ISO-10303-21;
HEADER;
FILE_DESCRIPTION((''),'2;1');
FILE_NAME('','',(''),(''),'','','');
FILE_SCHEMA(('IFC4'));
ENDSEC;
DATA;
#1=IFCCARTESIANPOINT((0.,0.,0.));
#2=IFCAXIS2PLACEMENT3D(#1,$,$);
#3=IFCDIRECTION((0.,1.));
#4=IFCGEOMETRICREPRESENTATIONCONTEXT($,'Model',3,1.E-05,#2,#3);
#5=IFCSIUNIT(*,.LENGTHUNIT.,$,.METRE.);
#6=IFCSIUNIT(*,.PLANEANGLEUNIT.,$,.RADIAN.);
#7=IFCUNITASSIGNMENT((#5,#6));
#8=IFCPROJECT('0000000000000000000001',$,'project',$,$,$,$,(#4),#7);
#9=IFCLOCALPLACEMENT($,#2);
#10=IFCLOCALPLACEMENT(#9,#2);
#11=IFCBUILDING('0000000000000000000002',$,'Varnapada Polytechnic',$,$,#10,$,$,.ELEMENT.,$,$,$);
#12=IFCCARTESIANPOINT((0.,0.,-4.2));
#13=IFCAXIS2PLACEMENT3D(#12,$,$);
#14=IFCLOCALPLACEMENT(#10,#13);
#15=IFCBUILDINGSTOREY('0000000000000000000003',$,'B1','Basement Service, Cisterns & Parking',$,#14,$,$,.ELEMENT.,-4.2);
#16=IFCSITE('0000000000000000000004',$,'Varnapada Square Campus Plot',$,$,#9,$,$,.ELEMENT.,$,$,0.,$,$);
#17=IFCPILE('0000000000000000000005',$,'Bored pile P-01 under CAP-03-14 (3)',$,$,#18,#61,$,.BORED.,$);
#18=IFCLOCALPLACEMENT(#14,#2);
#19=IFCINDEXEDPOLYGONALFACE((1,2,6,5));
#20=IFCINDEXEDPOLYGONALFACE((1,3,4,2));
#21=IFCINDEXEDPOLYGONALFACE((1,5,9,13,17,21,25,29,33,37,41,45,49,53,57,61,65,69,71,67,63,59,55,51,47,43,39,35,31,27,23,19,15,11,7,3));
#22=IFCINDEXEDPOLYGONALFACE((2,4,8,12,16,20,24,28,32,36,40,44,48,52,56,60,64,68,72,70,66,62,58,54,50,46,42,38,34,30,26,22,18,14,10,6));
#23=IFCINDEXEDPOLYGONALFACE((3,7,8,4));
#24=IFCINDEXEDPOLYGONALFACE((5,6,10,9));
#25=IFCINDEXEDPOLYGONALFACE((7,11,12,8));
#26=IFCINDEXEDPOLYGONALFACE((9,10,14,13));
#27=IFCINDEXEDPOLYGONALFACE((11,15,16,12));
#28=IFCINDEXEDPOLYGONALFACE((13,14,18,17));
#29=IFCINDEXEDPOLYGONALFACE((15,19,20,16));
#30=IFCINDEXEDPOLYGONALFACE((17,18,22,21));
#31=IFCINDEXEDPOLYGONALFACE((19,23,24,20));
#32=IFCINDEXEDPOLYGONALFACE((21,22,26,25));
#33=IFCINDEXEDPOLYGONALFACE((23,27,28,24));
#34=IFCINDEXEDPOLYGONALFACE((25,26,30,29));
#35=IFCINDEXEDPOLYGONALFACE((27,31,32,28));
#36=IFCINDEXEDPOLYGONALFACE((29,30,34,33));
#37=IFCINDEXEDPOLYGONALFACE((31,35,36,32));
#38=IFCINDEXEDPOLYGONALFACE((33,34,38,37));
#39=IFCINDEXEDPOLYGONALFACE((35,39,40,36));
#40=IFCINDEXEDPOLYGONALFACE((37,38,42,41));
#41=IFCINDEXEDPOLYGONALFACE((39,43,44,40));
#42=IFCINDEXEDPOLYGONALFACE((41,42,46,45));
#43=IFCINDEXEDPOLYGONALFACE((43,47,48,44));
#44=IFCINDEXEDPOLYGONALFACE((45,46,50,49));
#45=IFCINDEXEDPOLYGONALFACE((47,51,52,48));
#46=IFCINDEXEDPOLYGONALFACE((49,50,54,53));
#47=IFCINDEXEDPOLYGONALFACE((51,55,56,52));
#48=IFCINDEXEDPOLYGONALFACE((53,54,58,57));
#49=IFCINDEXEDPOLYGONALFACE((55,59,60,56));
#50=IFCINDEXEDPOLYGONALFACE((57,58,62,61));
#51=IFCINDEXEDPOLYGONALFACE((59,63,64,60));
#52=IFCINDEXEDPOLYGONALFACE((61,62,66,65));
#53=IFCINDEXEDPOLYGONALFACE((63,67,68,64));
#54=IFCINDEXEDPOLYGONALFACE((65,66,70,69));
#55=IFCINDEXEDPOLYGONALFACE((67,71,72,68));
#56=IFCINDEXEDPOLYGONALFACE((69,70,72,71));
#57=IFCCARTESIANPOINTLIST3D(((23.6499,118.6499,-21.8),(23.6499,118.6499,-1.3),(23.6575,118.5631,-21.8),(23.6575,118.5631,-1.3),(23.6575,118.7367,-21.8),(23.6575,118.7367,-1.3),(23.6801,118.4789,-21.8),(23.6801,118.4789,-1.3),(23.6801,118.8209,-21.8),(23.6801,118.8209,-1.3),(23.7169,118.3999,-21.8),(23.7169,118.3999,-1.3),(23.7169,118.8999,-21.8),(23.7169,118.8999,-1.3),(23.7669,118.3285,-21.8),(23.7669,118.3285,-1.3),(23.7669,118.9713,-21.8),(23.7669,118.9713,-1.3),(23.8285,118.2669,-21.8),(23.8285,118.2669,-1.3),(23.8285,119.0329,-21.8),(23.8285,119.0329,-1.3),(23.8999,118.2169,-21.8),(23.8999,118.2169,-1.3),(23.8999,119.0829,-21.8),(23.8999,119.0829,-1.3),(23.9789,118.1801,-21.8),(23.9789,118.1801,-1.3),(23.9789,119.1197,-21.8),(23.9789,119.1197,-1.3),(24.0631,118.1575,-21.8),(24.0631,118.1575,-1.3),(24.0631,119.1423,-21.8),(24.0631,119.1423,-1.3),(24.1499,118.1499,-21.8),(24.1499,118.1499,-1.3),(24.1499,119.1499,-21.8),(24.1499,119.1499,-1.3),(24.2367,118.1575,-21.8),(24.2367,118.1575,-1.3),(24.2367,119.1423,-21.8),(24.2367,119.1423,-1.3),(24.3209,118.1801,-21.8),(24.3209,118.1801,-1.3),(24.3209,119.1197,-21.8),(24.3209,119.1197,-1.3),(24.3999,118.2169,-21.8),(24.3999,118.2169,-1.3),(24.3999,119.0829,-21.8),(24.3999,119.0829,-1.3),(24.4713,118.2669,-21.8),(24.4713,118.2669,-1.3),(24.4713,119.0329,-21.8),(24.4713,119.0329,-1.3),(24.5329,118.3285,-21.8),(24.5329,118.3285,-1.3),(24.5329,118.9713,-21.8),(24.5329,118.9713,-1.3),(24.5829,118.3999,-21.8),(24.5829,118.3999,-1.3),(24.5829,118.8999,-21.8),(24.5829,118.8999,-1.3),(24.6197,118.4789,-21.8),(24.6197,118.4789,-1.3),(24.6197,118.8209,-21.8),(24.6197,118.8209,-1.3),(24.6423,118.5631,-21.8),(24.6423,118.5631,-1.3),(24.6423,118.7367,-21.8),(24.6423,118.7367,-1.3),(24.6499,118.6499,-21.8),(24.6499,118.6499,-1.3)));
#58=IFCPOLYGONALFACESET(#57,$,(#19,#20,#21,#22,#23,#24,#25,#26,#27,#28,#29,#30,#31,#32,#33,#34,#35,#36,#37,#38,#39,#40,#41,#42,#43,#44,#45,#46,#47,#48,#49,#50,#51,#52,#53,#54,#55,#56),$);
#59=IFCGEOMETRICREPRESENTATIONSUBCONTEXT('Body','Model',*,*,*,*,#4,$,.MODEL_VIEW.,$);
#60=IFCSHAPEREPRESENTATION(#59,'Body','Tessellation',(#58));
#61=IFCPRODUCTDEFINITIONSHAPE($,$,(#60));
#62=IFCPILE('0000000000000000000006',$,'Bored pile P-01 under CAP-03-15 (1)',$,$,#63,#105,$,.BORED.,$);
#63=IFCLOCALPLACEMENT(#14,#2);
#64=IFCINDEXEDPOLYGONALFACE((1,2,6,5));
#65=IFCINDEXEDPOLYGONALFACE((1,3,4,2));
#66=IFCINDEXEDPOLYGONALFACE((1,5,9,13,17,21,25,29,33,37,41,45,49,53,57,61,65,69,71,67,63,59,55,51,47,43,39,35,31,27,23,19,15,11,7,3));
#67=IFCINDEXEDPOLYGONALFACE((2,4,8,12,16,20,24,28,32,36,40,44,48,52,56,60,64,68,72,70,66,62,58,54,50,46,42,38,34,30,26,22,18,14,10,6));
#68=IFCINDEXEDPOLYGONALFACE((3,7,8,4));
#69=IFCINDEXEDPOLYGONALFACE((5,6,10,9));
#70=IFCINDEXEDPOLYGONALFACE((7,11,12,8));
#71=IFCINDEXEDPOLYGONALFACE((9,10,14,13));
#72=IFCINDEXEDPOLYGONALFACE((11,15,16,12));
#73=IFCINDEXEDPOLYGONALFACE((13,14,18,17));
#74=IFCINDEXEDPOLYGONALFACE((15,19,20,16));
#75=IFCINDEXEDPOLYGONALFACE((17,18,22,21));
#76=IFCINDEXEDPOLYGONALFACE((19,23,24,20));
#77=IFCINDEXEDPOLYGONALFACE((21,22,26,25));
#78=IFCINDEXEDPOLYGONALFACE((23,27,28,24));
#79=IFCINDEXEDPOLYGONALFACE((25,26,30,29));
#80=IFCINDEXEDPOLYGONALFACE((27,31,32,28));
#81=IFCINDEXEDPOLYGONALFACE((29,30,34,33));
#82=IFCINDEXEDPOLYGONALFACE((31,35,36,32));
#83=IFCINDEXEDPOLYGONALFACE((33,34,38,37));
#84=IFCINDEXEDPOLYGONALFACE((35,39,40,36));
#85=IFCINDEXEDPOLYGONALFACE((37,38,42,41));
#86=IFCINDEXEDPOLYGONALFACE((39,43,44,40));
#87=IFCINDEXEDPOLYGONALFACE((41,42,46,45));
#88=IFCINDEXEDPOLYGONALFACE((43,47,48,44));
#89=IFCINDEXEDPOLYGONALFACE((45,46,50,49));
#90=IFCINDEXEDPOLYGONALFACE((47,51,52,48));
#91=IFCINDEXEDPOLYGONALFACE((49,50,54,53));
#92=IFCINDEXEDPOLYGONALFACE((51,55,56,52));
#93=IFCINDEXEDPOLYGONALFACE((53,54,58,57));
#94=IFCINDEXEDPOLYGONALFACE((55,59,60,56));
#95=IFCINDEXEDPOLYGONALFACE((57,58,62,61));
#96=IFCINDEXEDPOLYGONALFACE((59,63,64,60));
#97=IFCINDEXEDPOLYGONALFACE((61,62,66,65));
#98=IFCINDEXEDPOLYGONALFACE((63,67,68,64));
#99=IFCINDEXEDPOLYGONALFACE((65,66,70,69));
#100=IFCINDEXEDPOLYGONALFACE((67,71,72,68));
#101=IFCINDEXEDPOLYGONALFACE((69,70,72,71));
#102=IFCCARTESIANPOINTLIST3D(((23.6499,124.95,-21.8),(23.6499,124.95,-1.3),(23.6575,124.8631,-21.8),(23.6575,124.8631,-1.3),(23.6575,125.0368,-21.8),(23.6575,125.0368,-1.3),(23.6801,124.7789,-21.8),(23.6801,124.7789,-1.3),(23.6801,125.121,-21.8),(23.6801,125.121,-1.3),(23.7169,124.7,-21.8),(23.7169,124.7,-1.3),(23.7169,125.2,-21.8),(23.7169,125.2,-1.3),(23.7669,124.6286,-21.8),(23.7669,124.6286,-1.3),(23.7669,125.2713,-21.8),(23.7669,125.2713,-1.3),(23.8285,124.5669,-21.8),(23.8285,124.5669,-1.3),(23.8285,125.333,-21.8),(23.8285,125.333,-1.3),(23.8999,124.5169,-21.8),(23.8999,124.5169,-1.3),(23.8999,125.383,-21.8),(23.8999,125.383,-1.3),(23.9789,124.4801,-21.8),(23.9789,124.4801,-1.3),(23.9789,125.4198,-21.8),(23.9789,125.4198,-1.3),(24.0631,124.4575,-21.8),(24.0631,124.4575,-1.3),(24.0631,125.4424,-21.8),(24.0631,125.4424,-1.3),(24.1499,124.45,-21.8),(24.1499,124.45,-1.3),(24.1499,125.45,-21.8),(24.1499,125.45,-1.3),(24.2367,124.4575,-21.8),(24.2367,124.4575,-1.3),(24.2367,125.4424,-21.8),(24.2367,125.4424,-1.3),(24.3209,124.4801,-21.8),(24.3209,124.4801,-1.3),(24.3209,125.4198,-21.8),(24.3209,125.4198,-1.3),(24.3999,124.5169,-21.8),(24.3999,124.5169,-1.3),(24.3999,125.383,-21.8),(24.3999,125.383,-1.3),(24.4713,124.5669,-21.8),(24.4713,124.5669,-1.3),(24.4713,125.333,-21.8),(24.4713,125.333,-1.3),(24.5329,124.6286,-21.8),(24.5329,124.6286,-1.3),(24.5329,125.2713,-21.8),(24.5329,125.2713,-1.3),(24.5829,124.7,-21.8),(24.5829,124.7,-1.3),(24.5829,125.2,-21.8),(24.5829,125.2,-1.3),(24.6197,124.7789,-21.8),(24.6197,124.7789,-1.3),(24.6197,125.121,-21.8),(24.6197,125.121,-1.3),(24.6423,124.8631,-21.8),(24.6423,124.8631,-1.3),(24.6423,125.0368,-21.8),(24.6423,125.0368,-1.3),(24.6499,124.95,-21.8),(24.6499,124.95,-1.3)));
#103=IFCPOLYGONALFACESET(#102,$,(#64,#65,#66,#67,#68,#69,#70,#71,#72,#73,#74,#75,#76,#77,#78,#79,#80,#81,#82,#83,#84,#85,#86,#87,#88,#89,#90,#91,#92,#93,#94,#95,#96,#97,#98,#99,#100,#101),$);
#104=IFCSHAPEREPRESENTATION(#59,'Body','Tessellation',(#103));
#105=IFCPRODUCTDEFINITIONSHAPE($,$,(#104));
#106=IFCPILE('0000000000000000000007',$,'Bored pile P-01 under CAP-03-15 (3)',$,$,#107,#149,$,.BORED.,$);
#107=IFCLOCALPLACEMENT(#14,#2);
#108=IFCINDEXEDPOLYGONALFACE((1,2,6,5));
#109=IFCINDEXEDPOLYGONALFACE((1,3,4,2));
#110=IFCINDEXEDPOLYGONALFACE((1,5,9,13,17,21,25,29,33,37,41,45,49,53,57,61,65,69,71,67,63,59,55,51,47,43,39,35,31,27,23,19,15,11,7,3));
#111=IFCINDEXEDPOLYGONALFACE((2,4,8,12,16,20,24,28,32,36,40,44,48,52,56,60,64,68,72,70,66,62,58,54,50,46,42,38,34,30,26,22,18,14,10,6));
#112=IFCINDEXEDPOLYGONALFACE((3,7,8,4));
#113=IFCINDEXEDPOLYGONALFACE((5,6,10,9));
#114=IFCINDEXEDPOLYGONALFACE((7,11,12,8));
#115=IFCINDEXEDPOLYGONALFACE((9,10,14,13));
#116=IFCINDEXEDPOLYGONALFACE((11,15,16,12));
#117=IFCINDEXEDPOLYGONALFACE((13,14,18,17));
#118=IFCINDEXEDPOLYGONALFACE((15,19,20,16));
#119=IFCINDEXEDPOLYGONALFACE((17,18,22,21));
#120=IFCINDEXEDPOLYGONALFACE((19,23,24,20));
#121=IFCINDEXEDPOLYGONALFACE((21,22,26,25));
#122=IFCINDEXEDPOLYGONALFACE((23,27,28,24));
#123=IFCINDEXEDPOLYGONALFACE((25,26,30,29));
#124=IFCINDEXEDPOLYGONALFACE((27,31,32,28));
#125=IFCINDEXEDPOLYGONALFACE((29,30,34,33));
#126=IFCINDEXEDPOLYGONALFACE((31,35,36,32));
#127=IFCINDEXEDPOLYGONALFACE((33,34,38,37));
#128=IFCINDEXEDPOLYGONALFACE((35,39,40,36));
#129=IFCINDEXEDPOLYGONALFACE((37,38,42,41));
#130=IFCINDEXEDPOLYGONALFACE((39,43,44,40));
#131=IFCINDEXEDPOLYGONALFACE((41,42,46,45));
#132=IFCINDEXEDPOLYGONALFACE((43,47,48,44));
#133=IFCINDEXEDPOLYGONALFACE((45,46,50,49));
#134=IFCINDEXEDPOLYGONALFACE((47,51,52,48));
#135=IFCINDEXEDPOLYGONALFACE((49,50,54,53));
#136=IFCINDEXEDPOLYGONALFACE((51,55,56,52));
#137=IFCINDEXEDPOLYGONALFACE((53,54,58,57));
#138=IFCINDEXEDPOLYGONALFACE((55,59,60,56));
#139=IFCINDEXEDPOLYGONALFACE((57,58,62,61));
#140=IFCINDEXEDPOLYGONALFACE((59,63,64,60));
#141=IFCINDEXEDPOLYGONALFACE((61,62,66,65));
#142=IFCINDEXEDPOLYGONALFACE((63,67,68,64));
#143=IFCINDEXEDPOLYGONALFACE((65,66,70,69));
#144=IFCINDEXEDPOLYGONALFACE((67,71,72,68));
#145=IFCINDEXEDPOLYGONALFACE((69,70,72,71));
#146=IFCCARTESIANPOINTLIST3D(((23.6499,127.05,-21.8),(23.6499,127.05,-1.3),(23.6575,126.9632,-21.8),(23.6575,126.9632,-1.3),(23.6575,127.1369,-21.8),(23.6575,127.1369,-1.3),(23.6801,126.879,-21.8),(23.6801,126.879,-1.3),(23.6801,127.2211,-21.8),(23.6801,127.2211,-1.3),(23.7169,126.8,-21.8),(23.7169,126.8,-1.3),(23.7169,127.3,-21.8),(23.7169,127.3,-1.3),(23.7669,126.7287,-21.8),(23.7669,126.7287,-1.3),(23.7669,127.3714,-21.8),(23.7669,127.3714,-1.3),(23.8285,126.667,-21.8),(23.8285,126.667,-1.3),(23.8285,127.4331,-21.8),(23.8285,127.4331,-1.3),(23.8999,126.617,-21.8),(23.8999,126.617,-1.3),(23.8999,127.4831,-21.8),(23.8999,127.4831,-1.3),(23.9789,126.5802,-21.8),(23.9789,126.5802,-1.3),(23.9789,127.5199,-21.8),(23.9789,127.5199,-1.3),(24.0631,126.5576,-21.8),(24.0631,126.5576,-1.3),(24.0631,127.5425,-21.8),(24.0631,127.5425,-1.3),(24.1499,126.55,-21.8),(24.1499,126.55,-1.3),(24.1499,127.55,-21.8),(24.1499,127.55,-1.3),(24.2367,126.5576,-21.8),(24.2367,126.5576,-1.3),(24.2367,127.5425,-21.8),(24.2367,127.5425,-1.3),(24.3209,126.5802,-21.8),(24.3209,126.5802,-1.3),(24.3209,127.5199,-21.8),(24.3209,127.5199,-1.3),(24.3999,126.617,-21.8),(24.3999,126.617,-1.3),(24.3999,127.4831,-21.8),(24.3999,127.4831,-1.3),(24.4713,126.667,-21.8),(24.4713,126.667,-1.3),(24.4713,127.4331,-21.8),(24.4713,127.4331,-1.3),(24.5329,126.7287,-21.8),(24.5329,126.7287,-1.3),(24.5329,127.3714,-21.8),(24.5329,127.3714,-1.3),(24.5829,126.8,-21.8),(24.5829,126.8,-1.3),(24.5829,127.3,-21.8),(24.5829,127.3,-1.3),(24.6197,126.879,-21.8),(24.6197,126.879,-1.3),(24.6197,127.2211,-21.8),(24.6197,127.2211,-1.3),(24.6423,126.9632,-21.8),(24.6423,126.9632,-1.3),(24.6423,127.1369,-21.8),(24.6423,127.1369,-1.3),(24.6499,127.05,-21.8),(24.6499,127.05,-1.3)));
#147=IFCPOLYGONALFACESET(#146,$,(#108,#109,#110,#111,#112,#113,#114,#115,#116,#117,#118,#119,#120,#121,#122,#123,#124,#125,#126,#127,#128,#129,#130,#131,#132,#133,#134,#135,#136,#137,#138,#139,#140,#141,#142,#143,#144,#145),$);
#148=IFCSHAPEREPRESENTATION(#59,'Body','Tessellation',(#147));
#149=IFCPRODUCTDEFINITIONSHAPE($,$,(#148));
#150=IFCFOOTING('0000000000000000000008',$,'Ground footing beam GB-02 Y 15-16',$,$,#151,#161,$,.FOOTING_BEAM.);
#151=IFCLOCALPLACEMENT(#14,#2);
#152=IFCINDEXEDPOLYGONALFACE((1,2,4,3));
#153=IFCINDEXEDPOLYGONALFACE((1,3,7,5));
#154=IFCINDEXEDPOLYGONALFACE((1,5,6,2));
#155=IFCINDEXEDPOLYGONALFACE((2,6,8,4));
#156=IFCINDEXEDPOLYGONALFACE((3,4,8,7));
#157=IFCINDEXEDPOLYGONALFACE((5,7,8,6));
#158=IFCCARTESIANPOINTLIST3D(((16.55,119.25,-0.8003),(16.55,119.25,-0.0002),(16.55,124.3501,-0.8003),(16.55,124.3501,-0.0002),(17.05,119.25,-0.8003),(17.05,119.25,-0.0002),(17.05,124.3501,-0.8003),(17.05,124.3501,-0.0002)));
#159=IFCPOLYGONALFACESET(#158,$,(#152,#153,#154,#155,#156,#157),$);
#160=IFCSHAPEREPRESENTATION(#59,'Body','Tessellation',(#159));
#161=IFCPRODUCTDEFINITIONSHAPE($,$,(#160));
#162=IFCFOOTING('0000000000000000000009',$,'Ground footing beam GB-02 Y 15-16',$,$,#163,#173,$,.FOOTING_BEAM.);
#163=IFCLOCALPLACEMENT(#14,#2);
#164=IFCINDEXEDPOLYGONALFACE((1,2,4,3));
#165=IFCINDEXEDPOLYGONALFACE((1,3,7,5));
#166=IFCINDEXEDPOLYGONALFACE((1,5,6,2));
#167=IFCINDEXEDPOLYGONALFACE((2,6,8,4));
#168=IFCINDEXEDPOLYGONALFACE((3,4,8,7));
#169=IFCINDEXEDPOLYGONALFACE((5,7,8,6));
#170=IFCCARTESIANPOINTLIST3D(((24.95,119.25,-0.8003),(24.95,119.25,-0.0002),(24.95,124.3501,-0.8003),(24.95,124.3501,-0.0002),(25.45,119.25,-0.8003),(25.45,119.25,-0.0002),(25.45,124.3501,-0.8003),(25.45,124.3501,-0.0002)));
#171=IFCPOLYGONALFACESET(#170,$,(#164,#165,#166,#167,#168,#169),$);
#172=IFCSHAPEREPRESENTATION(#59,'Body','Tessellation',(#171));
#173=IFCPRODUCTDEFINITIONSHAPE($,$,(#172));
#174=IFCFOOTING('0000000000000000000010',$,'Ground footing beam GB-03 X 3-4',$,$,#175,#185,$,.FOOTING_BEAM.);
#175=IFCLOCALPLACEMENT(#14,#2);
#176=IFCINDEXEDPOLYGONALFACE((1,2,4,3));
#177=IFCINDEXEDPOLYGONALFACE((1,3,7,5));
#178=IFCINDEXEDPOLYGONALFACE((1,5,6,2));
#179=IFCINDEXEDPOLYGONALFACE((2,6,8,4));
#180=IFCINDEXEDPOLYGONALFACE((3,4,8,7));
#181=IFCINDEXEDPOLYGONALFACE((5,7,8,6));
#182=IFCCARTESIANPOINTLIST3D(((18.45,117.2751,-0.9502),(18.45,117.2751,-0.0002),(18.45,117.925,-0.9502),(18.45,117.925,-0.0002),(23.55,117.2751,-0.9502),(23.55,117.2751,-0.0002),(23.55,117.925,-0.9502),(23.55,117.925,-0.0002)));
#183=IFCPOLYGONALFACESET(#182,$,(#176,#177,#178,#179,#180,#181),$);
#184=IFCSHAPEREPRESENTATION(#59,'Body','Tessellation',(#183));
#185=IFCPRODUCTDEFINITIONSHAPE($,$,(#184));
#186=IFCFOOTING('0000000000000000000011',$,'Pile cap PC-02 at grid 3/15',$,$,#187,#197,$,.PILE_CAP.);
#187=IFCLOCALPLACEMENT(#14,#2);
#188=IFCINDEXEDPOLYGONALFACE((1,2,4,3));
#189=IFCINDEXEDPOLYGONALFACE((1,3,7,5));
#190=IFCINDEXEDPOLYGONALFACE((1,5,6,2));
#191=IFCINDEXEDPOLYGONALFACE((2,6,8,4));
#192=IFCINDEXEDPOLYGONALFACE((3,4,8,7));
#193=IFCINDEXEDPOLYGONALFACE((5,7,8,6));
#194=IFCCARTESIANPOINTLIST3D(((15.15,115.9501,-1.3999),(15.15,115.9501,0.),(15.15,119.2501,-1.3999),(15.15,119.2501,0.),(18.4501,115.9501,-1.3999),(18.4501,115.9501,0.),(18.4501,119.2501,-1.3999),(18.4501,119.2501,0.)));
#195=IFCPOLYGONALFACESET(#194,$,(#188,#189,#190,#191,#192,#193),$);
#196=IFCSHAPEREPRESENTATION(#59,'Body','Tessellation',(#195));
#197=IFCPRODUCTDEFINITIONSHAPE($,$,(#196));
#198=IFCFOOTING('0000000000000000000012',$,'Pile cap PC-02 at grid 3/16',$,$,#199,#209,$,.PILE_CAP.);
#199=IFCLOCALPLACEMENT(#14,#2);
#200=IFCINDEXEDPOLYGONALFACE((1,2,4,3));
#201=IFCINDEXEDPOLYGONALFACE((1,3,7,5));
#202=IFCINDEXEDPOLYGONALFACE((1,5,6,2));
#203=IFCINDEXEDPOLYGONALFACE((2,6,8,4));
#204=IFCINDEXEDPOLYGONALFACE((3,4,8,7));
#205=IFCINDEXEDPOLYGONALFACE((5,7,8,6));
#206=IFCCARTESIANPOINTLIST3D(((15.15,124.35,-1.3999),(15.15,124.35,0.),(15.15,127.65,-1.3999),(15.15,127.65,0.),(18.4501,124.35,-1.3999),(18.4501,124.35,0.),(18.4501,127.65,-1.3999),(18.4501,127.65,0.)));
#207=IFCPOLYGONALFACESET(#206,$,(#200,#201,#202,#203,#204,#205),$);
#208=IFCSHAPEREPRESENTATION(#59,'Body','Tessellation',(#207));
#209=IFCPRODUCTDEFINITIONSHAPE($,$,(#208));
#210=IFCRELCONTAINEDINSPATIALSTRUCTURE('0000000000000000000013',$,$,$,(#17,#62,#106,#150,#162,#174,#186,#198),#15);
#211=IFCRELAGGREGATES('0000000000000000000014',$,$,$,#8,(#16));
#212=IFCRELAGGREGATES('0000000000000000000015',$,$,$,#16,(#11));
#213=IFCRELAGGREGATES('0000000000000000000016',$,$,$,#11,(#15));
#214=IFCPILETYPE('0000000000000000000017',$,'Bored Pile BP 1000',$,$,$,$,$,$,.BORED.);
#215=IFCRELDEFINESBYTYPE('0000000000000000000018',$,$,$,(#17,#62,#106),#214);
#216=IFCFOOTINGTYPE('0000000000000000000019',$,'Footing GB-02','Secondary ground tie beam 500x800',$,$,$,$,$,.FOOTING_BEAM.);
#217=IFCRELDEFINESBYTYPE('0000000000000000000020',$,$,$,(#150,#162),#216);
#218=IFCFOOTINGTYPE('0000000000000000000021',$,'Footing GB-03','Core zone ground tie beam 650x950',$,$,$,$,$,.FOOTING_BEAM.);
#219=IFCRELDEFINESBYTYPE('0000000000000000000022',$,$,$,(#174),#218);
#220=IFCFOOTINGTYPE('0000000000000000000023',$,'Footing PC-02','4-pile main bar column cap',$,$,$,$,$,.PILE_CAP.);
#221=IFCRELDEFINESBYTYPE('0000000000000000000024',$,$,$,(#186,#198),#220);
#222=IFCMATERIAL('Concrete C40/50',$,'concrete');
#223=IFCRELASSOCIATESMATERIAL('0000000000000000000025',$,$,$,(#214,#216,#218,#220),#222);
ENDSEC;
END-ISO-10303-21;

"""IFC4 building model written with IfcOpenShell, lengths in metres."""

from ifc_helpers import new_model, si_unit, direction, frame, origin, origin_2d, place, context, subcontext, project, spatial, rectangle, circle, extrude, material, material_profile, profile_set, type_object, element, save


model = new_model("IFC4")

# Units and contexts
model_context = context("Model", 3, precision=1e-05, world=origin(), true_north=direction((0.0, 1.0)))
body_context = subcontext(model_context, "Body", "Model", "MODEL_VIEW")
ifc_project = project(units=[si_unit("LENGTHUNIT", "METRE"), si_unit("PLANEANGLEUNIT", "RADIAN")], contexts=[model_context])

# Site, building, storey
site_placement = place(None, origin())
site = spatial("IfcSite", under=ifc_project, at=site_placement, Name="Varnapada Square Campus Plot", CompositionType="ELEMENT", RefElevation=0.0)
building_placement = place(site_placement, origin())
building = spatial("IfcBuilding", under=site, at=building_placement, Name="Varnapada Polytechnic", CompositionType="ELEMENT")
storey_placement = place(building_placement, frame((0.0, 0.0, -4.2)))
storey = spatial("IfcBuildingStorey", under=building, at=storey_placement, Name="B1", Description="Basement Service, Cisterns & Parking", CompositionType="ELEMENT", Elevation=-4.2)

# Piles
ifc_material_1 = material(Name="Concrete C40/50", Category="concrete")
ifc_material_profile_1 = material_profile(ifc_material_1, circle(Radius=0.5, at=origin_2d()), Name="BP 1000")
ifc_profile_set_1 = profile_set([ifc_material_profile_1], Name="Concrete C40/50")
pile_type = type_object("IfcPileType", Name="Bored Pile BP 1000", PredefinedType="BORED", material=ifc_profile_set_1)
for number, where, z_axis, x_axis, name in (
    (1, (24.1499, 118.6499, -1.3), (0.0, 0.0, -1.0), (1.0, 0.0, 0.0), "Bored pile P-01 under CAP-03-14 (3)"),
    (2, (24.1499, 124.95, -1.3), (0.0, 0.0, -1.0), (1.0, 0.0, 0.0), "Bored pile P-01 under CAP-03-15 (1)"),
    (3, (24.1499, 127.05, -1.3), (0.0, 0.0, -1.0), (1.0, 0.0, 0.0), "Bored pile P-01 under CAP-03-15 (3)"),
):
    element("IfcPile", number, at=place(storey_placement, frame(where, z_axis=z_axis, x_axis=x_axis)), inside=storey, type_object=pile_type, Name=name, PredefinedType="BORED", context=body_context, shape_type="SweptSolid", body=[
        extrude(circle(Radius=0.5, at=origin_2d()), origin(), (0.0, 0.0, 1.0), 20.5),
    ])

# Footings
footing_type_1 = type_object("IfcFootingType", Name="Footing GB-02", Description="Secondary ground tie beam 500x800", PredefinedType="FOOTING_BEAM", material=ifc_material_1)
for number, where, z_axis, x_axis, name in (
    (4, (16.8, 121.8, -0.8003), (0.0, 0.0, 1.0), (0.0, 1.0, 0.0), "Ground footing beam GB-02 Y 15-16"),
    (5, (25.2, 121.8, -0.8003), (0.0, 0.0, 1.0), (0.0, 1.0, 0.0), "Ground footing beam GB-02 Y 15-16"),
):
    element("IfcFooting", number, at=place(storey_placement, frame(where, z_axis=z_axis, x_axis=x_axis)), inside=storey, type_object=footing_type_1, Name=name, PredefinedType="FOOTING_BEAM", context=body_context, shape_type="SweptSolid", body=[
        extrude(rectangle(XDim=5.1001, YDim=0.5, at=origin_2d()), origin(), (0.0, 0.0, 1.0), 0.8),
    ])
footing_type_2 = type_object("IfcFootingType", Name="Footing GB-03", Description="Core zone ground tie beam 650x950", PredefinedType="FOOTING_BEAM", material=ifc_material_1)
footing_1_placement = place(storey_placement, frame((21.0, 117.6001, -0.9502), z_axis=(0.0, 0.0, 1.0), x_axis=(1.0, 0.0, 0.0)))
element("IfcFooting", 6, at=footing_1_placement, inside=storey, type_object=footing_type_2, Name="Ground footing beam GB-03 X 3-4", PredefinedType="FOOTING_BEAM", context=body_context, shape_type="SweptSolid", body=[
    extrude(rectangle(XDim=5.1001, YDim=0.6499, at=origin_2d()), origin(), (0.0, 0.0, 1.0), 0.95),
])
footing_type_3 = type_object("IfcFootingType", Name="Footing PC-02", Description="4-pile main bar column cap", PredefinedType="PILE_CAP", material=ifc_material_1)
for number, where, z_axis, x_axis, name in (
    (7, (16.8, 117.6001, -1.3999), (0.0, 0.0, 1.0), (1.0, 0.0, 0.0), "Pile cap PC-02 at grid 3/15"),
    (8, (16.8, 126.0, -1.3999), (0.0, 0.0, 1.0), (1.0, 0.0, 0.0), "Pile cap PC-02 at grid 3/16"),
):
    element("IfcFooting", number, at=place(storey_placement, frame(where, z_axis=z_axis, x_axis=x_axis)), inside=storey, type_object=footing_type_3, Name=name, PredefinedType="PILE_CAP", context=body_context, shape_type="SweptSolid", body=[
        extrude(rectangle(XDim=3.3, YDim=3.3, at=origin_2d()), origin(), (0.0, 0.0, 1.0), 1.3999),
    ])

save(model, "model.ifc")
